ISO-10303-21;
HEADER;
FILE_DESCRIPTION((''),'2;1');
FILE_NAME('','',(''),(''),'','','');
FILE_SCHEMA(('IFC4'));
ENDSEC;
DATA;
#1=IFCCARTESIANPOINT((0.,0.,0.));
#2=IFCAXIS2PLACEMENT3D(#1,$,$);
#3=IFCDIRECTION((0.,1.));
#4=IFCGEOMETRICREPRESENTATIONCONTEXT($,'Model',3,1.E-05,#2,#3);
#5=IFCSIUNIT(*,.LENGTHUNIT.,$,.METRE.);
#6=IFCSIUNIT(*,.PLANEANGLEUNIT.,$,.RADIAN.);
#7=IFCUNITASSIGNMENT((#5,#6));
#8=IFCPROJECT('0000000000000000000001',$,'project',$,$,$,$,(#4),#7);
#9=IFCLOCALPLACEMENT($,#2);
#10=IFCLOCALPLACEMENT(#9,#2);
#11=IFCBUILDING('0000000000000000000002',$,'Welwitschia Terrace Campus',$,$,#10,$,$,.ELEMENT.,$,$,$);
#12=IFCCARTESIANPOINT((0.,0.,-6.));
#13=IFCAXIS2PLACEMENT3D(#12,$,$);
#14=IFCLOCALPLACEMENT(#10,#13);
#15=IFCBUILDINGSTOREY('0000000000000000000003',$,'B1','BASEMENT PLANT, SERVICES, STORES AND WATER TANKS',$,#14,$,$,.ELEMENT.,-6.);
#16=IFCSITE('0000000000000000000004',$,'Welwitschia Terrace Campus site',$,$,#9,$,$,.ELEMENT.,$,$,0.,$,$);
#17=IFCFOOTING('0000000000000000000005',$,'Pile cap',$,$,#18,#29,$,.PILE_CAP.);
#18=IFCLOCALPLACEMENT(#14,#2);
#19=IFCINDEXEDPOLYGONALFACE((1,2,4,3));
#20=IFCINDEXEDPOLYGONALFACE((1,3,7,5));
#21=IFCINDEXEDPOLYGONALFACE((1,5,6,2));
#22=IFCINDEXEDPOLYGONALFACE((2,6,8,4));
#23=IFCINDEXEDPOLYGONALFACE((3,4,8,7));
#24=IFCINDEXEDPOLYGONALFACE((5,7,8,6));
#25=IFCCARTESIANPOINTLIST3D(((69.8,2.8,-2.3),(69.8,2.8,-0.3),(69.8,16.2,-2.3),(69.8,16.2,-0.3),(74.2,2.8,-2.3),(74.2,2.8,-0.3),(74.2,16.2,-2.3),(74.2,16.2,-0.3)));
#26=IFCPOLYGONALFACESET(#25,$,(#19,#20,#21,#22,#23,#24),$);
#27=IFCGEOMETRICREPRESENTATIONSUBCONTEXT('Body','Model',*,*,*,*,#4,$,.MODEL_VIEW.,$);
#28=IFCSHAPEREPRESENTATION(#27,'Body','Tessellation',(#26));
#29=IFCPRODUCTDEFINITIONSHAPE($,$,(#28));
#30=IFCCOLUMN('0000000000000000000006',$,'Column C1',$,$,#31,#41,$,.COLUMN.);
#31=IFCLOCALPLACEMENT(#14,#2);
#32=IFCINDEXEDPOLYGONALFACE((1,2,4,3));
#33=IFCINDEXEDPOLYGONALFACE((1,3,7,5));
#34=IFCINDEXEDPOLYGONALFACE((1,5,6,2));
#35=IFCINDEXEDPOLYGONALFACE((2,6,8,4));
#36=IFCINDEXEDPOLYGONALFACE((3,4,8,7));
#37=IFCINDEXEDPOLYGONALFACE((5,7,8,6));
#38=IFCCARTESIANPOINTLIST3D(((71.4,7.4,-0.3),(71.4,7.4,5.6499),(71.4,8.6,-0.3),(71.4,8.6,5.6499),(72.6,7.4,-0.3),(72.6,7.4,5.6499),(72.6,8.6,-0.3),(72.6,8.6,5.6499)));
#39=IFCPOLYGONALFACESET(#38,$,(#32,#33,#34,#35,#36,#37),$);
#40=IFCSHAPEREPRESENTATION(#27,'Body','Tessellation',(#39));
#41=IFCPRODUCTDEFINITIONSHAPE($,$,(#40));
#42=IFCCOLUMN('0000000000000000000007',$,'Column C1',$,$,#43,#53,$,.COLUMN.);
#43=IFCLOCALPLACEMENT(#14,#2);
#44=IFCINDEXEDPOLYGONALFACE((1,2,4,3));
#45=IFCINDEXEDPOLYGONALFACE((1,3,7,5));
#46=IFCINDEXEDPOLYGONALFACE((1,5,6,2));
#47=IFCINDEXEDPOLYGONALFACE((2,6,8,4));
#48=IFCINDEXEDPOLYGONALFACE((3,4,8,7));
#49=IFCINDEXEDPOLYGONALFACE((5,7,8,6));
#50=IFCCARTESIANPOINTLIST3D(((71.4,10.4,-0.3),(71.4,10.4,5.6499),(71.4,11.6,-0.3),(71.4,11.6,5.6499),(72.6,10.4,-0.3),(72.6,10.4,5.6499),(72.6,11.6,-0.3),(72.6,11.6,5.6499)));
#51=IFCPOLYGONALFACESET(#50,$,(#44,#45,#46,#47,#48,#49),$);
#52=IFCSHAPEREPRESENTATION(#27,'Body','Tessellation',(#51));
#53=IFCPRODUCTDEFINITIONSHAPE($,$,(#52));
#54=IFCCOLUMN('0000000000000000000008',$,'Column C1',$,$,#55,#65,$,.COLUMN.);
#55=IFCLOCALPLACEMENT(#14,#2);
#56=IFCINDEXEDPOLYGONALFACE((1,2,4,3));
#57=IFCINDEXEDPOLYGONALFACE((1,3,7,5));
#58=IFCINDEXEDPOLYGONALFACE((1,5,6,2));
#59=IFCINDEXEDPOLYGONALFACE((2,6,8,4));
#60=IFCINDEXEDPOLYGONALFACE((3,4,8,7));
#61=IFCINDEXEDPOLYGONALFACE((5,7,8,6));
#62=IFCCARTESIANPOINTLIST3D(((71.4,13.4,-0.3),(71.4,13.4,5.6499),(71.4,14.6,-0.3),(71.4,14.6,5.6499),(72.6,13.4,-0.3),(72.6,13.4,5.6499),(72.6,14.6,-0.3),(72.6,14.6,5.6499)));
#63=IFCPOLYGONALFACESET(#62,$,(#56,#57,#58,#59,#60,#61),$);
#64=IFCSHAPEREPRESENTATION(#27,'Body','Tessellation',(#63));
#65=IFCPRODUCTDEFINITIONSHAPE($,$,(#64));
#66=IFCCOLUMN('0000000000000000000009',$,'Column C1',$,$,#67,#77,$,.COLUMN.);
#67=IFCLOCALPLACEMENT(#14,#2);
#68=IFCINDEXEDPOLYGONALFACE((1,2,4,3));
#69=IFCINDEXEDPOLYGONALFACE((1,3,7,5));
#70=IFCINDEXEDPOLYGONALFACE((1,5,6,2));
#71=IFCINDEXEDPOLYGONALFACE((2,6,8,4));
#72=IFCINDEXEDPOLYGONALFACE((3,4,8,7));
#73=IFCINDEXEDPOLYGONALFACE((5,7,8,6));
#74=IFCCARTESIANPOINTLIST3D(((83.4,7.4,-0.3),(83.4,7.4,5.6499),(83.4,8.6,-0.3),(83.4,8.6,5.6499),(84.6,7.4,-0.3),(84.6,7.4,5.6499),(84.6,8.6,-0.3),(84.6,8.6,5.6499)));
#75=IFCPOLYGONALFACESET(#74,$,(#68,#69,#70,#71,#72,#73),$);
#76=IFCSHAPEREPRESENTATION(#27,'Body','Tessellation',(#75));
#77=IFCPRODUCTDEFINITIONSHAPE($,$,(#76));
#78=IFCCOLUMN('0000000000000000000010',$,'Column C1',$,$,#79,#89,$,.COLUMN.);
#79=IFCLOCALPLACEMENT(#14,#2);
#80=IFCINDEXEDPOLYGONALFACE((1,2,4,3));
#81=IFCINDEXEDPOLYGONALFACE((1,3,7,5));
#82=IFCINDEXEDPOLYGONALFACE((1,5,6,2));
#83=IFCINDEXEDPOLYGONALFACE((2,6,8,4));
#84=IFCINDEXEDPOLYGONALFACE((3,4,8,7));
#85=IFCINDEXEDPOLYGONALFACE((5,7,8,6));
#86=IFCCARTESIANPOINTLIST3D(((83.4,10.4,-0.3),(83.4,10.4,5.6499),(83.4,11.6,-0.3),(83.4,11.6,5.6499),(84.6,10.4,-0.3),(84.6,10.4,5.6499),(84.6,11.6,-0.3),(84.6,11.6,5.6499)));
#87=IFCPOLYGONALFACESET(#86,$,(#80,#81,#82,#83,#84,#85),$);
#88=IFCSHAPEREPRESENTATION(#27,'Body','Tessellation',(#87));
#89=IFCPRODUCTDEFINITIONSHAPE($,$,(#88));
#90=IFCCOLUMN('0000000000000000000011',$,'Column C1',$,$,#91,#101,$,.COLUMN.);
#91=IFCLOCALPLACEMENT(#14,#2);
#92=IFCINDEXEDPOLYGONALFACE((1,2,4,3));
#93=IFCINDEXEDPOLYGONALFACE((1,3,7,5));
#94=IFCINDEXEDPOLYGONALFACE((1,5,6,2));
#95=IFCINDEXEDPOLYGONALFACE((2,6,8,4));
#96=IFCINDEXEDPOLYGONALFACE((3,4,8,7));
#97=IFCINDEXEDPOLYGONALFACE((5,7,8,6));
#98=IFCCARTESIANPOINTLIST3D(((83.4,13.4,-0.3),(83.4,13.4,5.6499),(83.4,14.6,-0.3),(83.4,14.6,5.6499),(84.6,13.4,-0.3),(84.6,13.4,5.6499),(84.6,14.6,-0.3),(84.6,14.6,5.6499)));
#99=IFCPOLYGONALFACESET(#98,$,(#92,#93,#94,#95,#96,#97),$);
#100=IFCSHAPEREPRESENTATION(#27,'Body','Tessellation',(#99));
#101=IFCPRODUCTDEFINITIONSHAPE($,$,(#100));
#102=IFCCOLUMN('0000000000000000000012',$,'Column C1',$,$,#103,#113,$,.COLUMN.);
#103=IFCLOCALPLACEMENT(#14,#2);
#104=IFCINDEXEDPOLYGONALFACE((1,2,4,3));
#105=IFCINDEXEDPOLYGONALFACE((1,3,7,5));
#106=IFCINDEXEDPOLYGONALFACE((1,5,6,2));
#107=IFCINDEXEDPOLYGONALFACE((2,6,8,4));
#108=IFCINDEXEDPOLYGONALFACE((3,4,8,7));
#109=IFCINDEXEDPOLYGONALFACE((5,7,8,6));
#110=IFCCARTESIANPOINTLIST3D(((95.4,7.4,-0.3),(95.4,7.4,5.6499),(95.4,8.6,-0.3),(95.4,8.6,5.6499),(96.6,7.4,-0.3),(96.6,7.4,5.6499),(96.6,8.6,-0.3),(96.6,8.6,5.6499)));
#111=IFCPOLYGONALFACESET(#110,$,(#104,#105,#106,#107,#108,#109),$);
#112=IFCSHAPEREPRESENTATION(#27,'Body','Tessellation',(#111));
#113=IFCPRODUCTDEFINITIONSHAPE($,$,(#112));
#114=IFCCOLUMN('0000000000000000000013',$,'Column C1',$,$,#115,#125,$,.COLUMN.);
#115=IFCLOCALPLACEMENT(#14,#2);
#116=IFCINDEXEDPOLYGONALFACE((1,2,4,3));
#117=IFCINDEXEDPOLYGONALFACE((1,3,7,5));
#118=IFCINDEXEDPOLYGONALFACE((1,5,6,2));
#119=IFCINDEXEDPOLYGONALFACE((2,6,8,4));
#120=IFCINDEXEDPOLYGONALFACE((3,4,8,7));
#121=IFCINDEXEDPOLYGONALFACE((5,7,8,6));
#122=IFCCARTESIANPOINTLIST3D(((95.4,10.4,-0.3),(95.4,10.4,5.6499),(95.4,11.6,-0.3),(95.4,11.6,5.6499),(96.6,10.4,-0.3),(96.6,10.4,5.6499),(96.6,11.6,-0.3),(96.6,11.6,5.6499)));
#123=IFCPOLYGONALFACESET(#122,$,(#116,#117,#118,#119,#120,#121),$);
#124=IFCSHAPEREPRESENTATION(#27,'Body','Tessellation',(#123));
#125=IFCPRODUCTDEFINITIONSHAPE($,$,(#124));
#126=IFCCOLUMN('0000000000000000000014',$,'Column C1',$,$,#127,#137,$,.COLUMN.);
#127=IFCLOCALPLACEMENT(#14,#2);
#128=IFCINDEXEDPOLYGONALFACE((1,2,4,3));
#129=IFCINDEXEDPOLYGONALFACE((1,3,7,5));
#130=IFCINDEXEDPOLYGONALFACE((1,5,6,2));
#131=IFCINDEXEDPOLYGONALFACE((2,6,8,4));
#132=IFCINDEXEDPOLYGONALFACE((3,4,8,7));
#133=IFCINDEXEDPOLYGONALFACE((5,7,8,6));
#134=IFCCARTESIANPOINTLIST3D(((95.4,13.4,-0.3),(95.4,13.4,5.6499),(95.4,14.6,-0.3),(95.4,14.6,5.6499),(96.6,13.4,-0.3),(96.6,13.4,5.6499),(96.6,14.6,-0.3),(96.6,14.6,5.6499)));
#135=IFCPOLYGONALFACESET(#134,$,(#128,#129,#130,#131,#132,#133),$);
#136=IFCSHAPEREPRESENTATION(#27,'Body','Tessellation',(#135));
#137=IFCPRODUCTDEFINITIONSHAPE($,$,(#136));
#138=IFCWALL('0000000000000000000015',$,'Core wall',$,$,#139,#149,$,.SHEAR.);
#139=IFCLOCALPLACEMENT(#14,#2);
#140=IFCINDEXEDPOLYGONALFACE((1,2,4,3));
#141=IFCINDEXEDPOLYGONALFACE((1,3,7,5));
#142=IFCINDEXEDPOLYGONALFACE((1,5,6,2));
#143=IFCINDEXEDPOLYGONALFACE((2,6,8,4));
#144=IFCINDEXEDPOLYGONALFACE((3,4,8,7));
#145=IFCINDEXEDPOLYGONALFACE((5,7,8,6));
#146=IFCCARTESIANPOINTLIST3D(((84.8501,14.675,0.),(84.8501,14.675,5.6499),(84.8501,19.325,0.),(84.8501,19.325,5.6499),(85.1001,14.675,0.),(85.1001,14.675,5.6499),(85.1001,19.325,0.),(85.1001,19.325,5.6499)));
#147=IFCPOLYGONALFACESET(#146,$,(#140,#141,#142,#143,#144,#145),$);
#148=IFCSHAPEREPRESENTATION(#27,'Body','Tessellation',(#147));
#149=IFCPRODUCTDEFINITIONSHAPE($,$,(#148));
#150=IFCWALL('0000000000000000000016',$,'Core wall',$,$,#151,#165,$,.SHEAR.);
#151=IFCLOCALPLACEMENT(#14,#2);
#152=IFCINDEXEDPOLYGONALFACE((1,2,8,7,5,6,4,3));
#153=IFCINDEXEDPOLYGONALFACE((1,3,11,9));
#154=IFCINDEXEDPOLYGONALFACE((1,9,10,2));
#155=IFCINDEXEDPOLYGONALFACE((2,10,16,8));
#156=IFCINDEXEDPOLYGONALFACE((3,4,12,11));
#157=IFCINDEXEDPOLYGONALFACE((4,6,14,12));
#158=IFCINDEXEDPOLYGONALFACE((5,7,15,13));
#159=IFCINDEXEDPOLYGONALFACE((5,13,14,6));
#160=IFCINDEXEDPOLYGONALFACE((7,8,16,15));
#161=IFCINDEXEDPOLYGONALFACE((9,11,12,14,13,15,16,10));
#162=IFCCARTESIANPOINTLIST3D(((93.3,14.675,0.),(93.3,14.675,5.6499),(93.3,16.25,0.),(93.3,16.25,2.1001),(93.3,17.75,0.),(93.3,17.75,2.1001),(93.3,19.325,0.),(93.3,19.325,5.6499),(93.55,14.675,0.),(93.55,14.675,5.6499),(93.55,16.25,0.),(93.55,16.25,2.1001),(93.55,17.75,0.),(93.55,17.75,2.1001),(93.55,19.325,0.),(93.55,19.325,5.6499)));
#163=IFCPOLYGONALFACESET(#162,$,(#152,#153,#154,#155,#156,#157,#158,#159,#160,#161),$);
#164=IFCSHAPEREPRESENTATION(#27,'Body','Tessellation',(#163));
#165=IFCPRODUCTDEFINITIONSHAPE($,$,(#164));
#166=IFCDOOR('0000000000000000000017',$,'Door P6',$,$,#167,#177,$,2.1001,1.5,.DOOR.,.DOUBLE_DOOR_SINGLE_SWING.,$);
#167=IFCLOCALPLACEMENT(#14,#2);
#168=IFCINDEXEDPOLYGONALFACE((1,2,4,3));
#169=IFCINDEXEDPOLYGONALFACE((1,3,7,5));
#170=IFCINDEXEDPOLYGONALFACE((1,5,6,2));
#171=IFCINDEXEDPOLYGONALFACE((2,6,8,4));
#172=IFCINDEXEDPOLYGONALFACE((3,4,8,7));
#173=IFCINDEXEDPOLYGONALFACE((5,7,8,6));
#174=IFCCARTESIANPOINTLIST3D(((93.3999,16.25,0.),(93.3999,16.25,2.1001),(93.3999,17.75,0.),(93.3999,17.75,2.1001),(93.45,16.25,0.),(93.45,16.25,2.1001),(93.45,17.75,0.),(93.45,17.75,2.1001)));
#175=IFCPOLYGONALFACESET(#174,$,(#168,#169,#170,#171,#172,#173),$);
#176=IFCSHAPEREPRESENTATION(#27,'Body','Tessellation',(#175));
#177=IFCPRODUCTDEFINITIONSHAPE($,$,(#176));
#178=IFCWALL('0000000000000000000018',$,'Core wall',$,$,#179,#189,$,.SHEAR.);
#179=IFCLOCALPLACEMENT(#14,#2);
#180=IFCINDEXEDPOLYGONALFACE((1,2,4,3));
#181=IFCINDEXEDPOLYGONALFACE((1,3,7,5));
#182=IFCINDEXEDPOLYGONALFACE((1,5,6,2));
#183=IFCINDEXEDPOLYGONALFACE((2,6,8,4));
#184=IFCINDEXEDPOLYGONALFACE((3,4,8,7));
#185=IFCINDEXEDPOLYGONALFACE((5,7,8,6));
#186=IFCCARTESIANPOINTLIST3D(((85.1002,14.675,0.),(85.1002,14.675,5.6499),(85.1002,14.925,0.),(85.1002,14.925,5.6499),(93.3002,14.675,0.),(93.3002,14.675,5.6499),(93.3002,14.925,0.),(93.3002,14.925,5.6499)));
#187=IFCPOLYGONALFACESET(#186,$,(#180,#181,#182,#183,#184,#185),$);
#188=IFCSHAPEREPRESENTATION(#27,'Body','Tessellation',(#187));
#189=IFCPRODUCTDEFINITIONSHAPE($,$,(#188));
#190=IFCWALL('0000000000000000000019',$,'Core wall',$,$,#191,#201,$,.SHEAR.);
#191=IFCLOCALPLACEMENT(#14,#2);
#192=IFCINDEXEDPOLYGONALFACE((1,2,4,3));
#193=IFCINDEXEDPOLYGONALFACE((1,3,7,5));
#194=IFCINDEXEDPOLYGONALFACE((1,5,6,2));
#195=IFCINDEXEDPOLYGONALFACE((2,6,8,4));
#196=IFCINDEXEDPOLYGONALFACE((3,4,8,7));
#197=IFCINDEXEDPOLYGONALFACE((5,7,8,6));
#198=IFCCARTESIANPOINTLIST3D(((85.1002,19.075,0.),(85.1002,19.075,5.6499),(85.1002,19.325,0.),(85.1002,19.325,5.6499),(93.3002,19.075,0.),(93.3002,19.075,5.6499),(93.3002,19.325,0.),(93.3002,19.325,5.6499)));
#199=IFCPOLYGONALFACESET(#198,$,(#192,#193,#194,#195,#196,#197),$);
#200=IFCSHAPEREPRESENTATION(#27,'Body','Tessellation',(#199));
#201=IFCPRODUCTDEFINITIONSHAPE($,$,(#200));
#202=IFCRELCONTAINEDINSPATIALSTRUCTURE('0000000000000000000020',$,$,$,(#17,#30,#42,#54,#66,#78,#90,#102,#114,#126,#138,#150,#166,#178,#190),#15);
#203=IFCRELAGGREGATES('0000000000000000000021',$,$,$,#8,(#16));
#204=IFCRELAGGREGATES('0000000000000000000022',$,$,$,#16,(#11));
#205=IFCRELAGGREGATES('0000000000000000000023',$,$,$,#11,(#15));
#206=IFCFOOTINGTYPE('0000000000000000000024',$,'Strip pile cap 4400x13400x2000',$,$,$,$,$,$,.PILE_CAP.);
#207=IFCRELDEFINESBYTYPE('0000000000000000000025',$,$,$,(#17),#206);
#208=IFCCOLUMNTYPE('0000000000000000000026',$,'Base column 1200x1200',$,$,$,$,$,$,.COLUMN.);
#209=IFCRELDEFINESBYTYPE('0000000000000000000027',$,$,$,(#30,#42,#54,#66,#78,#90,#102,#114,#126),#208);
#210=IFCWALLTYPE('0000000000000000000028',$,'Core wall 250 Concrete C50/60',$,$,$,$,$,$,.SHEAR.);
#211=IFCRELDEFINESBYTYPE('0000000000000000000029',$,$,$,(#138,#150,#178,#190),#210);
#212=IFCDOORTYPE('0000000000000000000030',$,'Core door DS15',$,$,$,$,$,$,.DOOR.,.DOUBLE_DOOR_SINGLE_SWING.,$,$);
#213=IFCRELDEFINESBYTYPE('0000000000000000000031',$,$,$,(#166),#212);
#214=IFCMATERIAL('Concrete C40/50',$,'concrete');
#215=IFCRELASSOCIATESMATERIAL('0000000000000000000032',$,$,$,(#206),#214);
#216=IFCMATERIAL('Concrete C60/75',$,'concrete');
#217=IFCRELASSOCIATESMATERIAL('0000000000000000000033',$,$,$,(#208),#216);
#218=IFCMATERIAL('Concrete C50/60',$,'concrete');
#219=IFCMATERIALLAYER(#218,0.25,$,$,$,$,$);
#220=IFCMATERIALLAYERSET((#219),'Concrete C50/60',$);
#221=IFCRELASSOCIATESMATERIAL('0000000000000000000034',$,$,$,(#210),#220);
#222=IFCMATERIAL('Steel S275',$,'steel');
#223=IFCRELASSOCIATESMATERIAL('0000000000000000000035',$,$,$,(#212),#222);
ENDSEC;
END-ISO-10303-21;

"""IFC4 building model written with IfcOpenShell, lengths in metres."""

from ifc_helpers import new_model, si_unit, direction, frame, frame_2d, origin, origin_2d, place, context, subcontext, project, spatial, rectangle, extrude, material, layer, layer_set, material_profile, profile_set, type_object, element, fill, save


model = new_model("IFC4")

# Units and contexts
model_context = context("Model", 3, precision=1e-05, world=origin(), true_north=direction((0.0, 1.0)))
body_context = subcontext(model_context, "Body", "Model", "MODEL_VIEW")
ifc_project = project(units=[si_unit("LENGTHUNIT", "METRE"), si_unit("PLANEANGLEUNIT", "RADIAN")], contexts=[model_context])

# Site, building, storey
site_placement = place(None, origin())
site = spatial("IfcSite", under=ifc_project, at=site_placement, Name="Welwitschia Terrace Campus site", CompositionType="ELEMENT", RefElevation=0.0)
building_placement = place(site_placement, origin())
building = spatial("IfcBuilding", under=site, at=building_placement, Name="Welwitschia Terrace Campus", CompositionType="ELEMENT")
storey_placement = place(building_placement, frame((0.0, 0.0, -6.0)))
storey = spatial("IfcBuildingStorey", under=building, at=storey_placement, Name="B1", Description="BASEMENT PLANT, SERVICES, STORES AND WATER TANKS", CompositionType="ELEMENT", Elevation=-6.0)

# Footing
ifc_material_1 = material(Name="Concrete C40/50", Category="concrete")
footing_type_1 = type_object("IfcFootingType", Name="Strip pile cap 4400x13400x2000", PredefinedType="PILE_CAP", material=ifc_material_1)
footing_placement = place(storey_placement, frame((72.0, 9.5, -2.3), z_axis=(0.0, 0.0, 1.0), x_axis=(1.0, 0.0, 0.0)))
element("IfcFooting", 1, at=footing_placement, inside=storey, type_object=footing_type_1, Name="Pile cap", PredefinedType="PILE_CAP", context=body_context, shape_type="SweptSolid", body=[
    extrude(rectangle(XDim=4.3999, YDim=13.3999, at=origin_2d()), origin(), (0.0, 0.0, 1.0), 2.0),
])

# Columns
ifc_material_2 = material(Name="Concrete C60/75", Category="concrete")
ifc_material_profile = material_profile(ifc_material_2, rectangle(XDim=1.2, YDim=1.2, at=origin_2d()))
ifc_profile_set = profile_set([ifc_material_profile], Name="Concrete C60/75")
column_type = type_object("IfcColumnType", Name="Base column 1200x1200", PredefinedType="COLUMN", material=ifc_profile_set)
for number, where, z_axis, x_axis, name in (
    (2, (72.0, 8.0, -0.3), (0.0, 0.0, 1.0), (1.0, 0.0, 0.0), "Column C1"),
    (3, (72.0, 11.0, -0.3), (0.0, 0.0, 1.0), (1.0, 0.0, 0.0), "Column C1"),
    (4, (72.0, 14.0, -0.3), (0.0, 0.0, 1.0), (1.0, 0.0, 0.0), "Column C1"),
    (5, (84.0, 8.0, -0.3), (0.0, 0.0, 1.0), (1.0, 0.0, 0.0), "Column C1"),
    (6, (84.0, 11.0, -0.3), (0.0, 0.0, 1.0), (1.0, 0.0, 0.0), "Column C1"),
    (7, (84.0, 14.0, -0.3), (0.0, 0.0, 1.0), (1.0, 0.0, 0.0), "Column C1"),
    (8, (96.0, 8.0, -0.3), (0.0, 0.0, 1.0), (1.0, 0.0, 0.0), "Column C1"),
    (9, (96.0, 11.0, -0.3), (0.0, 0.0, 1.0), (1.0, 0.0, 0.0), "Column C1"),
    (10, (96.0, 14.0, -0.3), (0.0, 0.0, 1.0), (1.0, 0.0, 0.0), "Column C1"),
):
    element("IfcColumn", number, at=place(storey_placement, frame(where, z_axis=z_axis, x_axis=x_axis)), inside=storey, type_object=column_type, Name=name, PredefinedType="COLUMN", context=body_context, shape_type="SweptSolid", body=[
        extrude(rectangle(XDim=1.2, YDim=1.2, at=origin_2d()), origin(), (0.0, 0.0, 1.0), 5.95),
    ])

# Wall
ifc_material_3 = material(Name="Concrete C50/60", Category="concrete")
ifc_layer = layer(ifc_material_3, 0.25)
ifc_layer_set = layer_set([ifc_layer], Name="Concrete C50/60")
wall_type = type_object("IfcWallType", Name="Core wall 250 Concrete C50/60", PredefinedType="SHEAR", material=ifc_layer_set)
wall_1_placement = place(storey_placement, frame((84.9751, 14.675, 0.0), z_axis=(0.0, 0.0, 1.0), x_axis=(0.0, 1.0, 0.0)))
element("IfcWall", 11, at=wall_1_placement, inside=storey, type_object=wall_type, Name="Core wall", PredefinedType="SHEAR", context=body_context, shape_type="SweptSolid", body=[
    extrude(rectangle(XDim=4.6499, YDim=0.25, at=frame_2d((2.325, 0.0))), origin(), (0.0, 0.0, 1.0), 5.6499),
])

# Wall, opening, door
wall_2_placement = place(storey_placement, frame((93.425, 19.325, 0.0), z_axis=(0.0, 0.0, 1.0), x_axis=(0.0, -1.0, 0.0)))
wall_2 = element("IfcWall", 12, at=wall_2_placement, inside=storey, type_object=wall_type, Name="Core wall", PredefinedType="SHEAR", context=body_context, shape_type="SweptSolid", body=[
    extrude(rectangle(XDim=4.6499, YDim=0.25, at=frame_2d((2.325, 0.0))), origin(), (0.0, 0.0, 1.0), 5.6499),
])
opening_placement = place(wall_2_placement, frame((1.575, 0.0, 0.0)))
opening = element("IfcOpeningElement", 13, at=opening_placement, cuts=wall_2, PredefinedType="OPENING", context=body_context, shape_type="SweptSolid", body=[
    extrude(rectangle(XDim=1.5, YDim=2.1001, at=frame_2d((0.75, 1.05))), frame((0.0, 0.135, 0.0), z_axis=(0.0, -1.0, 0.0), x_axis=(1.0, 0.0, 0.0)), (0.0, 0.0, 1.0), 0.27),
])
ifc_material_4 = material(Name="Steel S275", Category="steel")
door_type = type_object("IfcDoorType", Name="Core door DS15", OperationType="DOUBLE_DOOR_SINGLE_SWING", PredefinedType="DOOR", material=ifc_material_4)
door_placement = place(opening_placement, origin())
door = element("IfcDoor", 14, at=door_placement, inside=storey, type_object=door_type, Name="Door P6", OperationType="DOUBLE_DOOR_SINGLE_SWING", OverallHeight=2.1001, OverallWidth=1.5, PredefinedType="DOOR", context=body_context, shape_type="SweptSolid", body=[
    extrude(rectangle(XDim=1.5, YDim=2.1001, at=frame_2d((0.75, 1.05))), frame((0.0, 0.0249, 0.0), z_axis=(0.0, -1.0, 0.0), x_axis=(1.0, 0.0, 0.0)), (0.0, 0.0, 1.0), 0.05),
])
fill(opening, door)

# Walls
for number, where, z_axis, x_axis, name in (
    (15, (85.1001, 14.8, 0.0), (0.0, 0.0, 1.0), (1.0, 0.0, 0.0), "Core wall"),
    (16, (85.1001, 19.2, 0.0), (0.0, 0.0, 1.0), (1.0, 0.0, 0.0), "Core wall"),
):
    element("IfcWall", number, at=place(storey_placement, frame(where, z_axis=z_axis, x_axis=x_axis)), inside=storey, type_object=wall_type, Name=name, PredefinedType="SHEAR", context=body_context, shape_type="SweptSolid", body=[
        extrude(rectangle(XDim=8.2, YDim=0.25, at=frame_2d((4.1001, 0.0))), origin(), (0.0, 0.0, 1.0), 5.6499),
    ])

save(model, "model.ifc")
